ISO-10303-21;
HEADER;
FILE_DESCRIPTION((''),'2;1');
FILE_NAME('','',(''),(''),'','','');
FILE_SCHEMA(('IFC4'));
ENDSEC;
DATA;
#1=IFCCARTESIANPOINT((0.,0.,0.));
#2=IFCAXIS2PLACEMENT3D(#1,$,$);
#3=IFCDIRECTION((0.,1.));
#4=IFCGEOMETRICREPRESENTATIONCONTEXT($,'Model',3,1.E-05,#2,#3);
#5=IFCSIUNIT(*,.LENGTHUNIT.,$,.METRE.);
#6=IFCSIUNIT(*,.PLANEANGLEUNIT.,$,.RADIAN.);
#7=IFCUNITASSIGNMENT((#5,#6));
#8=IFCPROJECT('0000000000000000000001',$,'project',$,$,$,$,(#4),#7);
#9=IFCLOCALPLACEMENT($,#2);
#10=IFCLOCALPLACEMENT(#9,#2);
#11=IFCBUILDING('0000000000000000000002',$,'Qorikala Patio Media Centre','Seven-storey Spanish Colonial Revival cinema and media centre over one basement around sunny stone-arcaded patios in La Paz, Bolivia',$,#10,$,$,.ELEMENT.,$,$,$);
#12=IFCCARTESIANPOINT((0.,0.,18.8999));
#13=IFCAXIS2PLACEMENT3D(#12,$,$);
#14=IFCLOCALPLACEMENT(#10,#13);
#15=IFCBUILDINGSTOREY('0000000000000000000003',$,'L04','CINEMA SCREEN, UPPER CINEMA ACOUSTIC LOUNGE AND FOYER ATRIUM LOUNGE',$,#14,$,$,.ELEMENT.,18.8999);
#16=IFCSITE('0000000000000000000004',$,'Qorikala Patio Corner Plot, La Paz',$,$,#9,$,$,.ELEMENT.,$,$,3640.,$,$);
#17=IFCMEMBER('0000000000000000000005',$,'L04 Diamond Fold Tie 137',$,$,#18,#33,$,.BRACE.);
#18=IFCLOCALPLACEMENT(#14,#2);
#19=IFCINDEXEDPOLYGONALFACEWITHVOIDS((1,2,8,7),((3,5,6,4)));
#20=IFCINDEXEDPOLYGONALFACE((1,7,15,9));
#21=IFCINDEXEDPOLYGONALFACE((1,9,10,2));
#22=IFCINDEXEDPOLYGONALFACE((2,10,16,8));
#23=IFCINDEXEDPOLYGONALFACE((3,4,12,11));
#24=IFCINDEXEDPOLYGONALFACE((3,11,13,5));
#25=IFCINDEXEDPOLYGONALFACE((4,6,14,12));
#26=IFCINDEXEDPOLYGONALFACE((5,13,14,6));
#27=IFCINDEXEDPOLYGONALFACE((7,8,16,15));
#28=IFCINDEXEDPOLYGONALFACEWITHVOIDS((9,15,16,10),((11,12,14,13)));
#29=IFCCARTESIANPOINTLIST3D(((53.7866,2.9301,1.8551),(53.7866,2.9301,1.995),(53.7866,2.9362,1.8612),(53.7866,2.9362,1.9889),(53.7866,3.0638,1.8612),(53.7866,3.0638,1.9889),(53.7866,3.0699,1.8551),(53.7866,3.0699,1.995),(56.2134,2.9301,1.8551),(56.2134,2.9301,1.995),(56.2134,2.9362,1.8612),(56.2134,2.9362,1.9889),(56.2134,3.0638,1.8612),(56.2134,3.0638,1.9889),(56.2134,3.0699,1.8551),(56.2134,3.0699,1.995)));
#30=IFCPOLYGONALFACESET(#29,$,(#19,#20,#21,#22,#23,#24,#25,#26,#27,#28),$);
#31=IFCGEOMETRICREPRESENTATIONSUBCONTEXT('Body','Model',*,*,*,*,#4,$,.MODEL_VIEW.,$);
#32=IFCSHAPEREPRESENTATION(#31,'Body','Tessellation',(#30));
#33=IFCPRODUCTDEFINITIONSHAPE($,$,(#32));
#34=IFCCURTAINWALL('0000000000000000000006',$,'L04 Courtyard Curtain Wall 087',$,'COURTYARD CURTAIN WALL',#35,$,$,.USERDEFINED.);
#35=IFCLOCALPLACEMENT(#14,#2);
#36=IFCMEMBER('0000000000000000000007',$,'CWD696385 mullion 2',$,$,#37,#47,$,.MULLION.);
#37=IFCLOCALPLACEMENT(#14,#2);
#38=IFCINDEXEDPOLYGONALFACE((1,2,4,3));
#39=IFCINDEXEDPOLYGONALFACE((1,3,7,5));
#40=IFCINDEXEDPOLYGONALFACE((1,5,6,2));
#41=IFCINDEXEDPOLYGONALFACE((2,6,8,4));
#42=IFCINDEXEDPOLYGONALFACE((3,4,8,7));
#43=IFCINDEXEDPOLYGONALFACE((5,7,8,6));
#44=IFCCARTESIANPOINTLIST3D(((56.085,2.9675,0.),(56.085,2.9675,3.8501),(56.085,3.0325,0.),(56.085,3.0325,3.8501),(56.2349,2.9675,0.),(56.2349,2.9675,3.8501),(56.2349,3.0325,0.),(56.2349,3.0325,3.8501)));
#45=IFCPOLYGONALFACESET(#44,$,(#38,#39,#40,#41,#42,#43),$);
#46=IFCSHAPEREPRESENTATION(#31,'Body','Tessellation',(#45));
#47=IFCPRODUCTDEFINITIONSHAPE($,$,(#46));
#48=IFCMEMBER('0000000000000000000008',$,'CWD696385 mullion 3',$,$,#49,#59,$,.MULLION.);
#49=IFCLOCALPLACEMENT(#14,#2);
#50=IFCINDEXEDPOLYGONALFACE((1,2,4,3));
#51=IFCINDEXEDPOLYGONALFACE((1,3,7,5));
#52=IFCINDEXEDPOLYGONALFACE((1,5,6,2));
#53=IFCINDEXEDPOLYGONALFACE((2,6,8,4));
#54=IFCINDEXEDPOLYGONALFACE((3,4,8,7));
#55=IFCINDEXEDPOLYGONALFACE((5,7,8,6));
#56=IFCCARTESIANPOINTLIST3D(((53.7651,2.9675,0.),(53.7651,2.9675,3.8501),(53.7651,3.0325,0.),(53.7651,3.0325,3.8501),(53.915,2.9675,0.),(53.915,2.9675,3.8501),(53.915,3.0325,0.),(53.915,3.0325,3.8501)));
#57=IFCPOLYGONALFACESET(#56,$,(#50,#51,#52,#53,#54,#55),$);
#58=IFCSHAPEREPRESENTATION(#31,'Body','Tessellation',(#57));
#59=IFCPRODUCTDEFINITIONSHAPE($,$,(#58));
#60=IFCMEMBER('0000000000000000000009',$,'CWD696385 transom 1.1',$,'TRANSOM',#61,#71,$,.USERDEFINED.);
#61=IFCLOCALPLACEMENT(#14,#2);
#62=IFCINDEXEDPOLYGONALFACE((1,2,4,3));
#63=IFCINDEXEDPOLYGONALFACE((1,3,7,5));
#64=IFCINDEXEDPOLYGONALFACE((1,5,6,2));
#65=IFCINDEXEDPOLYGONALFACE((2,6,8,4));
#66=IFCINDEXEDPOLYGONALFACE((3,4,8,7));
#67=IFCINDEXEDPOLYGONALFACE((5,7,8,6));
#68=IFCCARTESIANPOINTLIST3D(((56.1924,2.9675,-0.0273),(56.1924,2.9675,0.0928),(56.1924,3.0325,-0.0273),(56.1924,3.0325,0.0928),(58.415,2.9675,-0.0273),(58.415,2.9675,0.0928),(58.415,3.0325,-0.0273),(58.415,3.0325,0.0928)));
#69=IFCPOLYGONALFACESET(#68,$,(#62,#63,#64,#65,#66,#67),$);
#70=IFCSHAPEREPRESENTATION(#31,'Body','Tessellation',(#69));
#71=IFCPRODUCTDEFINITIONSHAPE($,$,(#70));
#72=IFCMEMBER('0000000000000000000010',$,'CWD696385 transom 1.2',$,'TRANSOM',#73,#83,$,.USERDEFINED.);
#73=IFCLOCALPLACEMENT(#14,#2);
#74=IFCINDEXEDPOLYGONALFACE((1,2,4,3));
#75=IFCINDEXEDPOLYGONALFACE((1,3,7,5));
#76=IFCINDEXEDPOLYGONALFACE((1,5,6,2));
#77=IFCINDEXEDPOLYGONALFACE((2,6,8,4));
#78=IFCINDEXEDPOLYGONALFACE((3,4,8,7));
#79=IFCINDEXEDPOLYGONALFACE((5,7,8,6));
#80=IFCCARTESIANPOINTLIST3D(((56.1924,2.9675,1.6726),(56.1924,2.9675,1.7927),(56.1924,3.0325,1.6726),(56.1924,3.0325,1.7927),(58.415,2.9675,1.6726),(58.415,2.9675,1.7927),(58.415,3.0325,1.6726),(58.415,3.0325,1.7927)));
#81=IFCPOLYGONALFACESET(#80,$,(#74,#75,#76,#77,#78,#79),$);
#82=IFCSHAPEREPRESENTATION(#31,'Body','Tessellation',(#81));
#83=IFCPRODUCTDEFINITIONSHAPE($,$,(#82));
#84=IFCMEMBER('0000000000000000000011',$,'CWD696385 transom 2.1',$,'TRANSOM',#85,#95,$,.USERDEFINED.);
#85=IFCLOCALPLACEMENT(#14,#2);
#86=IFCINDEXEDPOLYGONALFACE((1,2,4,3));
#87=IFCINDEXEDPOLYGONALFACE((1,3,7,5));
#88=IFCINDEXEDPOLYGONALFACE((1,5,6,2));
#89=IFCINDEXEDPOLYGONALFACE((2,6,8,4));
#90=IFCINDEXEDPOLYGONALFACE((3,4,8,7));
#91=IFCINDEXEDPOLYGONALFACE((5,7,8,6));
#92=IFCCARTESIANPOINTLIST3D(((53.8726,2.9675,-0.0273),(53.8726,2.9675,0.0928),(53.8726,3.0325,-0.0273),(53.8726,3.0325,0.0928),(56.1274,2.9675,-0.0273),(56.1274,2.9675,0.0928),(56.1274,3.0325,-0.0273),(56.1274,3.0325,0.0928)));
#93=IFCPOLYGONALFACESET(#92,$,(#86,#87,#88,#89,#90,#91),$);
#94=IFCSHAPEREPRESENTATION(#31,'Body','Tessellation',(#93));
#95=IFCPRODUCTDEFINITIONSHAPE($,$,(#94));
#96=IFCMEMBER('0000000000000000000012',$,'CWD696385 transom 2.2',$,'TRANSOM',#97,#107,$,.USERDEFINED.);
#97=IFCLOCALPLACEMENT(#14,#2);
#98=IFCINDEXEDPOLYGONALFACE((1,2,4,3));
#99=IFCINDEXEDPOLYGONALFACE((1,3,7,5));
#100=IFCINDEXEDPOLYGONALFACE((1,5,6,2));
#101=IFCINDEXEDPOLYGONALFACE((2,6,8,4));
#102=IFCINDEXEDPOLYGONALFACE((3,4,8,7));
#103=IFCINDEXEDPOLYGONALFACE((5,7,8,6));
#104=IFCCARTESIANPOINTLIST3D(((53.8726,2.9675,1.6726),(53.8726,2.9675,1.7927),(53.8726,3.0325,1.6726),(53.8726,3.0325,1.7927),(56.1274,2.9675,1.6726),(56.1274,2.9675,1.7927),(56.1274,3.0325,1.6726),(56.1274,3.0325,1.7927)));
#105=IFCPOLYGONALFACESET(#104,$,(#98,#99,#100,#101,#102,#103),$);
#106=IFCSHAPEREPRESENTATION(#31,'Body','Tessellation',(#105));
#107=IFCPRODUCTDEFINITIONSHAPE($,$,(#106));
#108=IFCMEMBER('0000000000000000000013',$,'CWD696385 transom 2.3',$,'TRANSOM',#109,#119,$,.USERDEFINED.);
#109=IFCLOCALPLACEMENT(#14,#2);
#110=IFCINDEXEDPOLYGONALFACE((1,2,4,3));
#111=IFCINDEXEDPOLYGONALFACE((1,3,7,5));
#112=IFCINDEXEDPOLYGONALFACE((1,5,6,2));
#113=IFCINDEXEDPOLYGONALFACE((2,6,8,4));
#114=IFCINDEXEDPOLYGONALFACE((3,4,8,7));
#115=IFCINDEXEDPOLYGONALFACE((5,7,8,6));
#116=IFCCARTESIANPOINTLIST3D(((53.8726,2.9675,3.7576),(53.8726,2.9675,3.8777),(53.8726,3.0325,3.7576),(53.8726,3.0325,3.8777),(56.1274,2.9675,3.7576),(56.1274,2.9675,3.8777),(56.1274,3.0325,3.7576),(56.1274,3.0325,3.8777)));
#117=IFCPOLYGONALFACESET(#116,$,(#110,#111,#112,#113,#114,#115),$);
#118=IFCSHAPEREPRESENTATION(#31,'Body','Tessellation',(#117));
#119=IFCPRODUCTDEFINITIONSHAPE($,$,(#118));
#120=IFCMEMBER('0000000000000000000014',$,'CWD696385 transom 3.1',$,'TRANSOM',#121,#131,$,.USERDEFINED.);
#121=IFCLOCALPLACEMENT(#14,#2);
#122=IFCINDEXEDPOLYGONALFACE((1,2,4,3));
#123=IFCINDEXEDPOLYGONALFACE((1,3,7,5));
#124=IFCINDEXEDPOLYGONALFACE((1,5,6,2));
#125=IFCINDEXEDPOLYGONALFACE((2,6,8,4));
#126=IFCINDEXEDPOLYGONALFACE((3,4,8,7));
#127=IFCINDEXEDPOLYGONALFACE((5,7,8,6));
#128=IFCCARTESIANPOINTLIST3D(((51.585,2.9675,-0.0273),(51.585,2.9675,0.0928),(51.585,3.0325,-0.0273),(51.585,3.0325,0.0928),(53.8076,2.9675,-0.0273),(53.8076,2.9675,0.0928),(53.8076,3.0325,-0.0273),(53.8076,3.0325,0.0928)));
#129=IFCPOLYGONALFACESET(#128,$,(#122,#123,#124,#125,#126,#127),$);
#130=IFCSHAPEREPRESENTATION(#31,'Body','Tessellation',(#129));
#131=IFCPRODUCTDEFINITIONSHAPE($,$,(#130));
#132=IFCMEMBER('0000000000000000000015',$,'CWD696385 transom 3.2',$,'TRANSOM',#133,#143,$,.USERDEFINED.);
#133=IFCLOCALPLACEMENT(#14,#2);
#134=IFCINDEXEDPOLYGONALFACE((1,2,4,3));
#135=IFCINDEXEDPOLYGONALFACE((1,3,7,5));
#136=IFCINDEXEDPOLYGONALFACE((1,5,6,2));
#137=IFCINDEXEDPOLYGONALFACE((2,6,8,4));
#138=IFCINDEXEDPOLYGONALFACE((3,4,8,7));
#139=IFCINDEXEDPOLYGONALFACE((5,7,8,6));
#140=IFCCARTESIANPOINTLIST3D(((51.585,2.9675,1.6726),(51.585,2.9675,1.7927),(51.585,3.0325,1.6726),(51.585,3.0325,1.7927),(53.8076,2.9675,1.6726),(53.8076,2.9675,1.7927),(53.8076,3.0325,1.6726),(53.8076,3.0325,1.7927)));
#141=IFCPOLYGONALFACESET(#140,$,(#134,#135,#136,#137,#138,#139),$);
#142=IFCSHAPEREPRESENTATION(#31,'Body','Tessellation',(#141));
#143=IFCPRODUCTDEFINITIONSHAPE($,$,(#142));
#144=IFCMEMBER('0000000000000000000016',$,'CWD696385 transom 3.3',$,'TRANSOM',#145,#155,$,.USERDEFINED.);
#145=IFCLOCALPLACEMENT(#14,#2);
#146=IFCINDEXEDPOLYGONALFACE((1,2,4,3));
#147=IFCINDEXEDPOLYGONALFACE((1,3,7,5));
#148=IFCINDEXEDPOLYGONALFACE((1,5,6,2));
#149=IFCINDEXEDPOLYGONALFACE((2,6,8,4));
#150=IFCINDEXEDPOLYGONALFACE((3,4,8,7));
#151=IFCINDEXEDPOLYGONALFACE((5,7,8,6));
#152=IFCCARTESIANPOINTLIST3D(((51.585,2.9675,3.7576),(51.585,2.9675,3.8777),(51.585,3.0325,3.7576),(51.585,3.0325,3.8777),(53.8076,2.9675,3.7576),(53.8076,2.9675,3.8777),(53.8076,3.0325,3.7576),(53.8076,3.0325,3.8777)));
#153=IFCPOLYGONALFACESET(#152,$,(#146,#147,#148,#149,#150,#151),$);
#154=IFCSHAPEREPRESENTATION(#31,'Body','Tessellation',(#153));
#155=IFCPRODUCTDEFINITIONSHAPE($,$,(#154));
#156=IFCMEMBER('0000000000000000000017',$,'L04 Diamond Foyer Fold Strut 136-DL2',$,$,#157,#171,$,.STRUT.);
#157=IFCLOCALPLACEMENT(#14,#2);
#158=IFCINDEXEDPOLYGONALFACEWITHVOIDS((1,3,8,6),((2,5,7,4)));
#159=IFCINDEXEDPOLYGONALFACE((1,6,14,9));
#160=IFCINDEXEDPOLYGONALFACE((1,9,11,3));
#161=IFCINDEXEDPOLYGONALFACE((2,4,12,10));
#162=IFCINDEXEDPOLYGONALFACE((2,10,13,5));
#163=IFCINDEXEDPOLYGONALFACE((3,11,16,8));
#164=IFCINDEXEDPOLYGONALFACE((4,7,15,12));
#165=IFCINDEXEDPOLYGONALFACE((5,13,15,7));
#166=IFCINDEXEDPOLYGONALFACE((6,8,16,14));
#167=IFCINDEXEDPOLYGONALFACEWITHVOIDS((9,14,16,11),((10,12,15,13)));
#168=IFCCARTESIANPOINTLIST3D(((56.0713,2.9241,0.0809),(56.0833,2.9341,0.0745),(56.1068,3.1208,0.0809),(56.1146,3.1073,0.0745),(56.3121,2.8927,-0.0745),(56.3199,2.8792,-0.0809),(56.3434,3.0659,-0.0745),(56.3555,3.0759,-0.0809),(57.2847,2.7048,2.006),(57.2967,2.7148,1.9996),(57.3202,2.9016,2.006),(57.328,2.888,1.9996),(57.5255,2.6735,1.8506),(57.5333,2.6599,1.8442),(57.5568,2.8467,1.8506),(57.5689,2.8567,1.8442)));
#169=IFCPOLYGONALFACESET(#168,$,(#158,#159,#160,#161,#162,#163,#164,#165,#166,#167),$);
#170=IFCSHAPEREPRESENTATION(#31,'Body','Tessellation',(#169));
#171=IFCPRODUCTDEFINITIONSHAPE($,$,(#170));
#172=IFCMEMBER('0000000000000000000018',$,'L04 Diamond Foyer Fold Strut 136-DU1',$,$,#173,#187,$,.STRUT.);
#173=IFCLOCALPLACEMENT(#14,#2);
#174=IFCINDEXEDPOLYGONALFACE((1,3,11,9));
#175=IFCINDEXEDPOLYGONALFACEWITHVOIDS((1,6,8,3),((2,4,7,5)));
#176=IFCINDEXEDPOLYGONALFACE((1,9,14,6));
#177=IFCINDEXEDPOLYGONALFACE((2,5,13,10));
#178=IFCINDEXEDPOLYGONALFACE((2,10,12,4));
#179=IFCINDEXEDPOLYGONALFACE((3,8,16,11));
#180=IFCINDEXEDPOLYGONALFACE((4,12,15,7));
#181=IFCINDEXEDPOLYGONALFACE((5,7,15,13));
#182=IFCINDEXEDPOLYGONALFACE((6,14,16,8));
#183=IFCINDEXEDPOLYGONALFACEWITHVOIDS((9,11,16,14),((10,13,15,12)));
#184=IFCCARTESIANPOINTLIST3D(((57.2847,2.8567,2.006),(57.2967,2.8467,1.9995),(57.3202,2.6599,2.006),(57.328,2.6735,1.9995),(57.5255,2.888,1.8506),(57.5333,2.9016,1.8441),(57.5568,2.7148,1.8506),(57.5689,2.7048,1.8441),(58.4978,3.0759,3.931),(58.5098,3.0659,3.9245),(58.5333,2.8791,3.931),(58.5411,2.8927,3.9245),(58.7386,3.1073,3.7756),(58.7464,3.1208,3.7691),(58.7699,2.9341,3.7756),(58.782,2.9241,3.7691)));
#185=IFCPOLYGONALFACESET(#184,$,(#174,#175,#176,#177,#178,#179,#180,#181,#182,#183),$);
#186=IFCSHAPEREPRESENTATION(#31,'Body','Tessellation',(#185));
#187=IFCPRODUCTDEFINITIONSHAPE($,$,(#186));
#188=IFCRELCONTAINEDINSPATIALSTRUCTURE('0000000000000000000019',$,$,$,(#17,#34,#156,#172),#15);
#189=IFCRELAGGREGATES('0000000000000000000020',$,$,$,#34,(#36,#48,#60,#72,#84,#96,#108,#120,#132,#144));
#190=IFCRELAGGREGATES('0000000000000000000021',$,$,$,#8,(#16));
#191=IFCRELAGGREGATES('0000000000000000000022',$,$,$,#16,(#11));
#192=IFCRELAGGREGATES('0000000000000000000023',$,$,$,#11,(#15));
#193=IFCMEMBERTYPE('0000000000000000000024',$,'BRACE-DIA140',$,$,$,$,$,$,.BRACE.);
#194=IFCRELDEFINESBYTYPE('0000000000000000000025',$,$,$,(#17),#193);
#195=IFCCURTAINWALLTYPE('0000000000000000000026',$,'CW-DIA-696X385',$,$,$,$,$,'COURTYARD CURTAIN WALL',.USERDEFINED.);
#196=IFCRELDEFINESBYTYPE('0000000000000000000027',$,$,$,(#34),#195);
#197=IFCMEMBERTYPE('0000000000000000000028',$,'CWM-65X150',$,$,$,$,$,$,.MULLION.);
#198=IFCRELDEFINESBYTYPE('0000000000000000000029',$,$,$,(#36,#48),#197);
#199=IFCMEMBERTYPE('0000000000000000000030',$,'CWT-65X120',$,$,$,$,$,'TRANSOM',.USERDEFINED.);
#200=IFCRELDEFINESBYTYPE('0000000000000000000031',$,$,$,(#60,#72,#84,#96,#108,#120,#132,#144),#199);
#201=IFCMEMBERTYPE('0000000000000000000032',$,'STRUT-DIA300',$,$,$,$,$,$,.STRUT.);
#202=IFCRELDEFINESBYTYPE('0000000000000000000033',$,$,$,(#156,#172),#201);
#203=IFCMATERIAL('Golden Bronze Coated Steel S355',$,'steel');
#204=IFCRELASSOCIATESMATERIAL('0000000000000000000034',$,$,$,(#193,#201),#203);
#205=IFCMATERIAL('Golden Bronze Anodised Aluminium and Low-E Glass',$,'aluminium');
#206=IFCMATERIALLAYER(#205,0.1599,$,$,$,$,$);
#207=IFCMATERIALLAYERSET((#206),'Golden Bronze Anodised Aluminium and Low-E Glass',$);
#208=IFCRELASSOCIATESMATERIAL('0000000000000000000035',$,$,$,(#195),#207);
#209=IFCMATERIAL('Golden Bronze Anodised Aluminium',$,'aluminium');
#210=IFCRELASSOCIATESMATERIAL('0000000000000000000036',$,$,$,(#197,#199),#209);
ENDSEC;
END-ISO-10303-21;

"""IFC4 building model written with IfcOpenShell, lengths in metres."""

from ifc_helpers import new_model, si_unit, direction, frame, origin, origin_2d, place, context, subcontext, project, spatial, rectangle, hollow_rectangle, extrude, material, layer, layer_set, material_profile, profile_set, type_object, element, aggregate, save


model = new_model("IFC4")

# Units and contexts
model_context = context("Model", 3, precision=1e-05, world=origin(), true_north=direction((0.0, 1.0)))
body_context = subcontext(model_context, "Body", "Model", "MODEL_VIEW")
ifc_project = project(units=[si_unit("LENGTHUNIT", "METRE"), si_unit("PLANEANGLEUNIT", "RADIAN")], contexts=[model_context])

# Site, building, storey
site_placement = place(None, origin())
site = spatial("IfcSite", under=ifc_project, at=site_placement, Name="Qorikala Patio Corner Plot, La Paz", CompositionType="ELEMENT", RefElevation=3640.0)
building_placement = place(site_placement, origin())
building = spatial("IfcBuilding", under=site, at=building_placement, Name="Qorikala Patio Media Centre", Description="Seven-storey Spanish Colonial Revival cinema and media centre over one basement around sunny stone-arcaded patios in La Paz, Bolivia", CompositionType="ELEMENT")
storey_placement = place(building_placement, frame((0.0, 0.0, 18.8999)))
storey = spatial("IfcBuildingStorey", under=building, at=storey_placement, Name="L04", Description="CINEMA SCREEN, UPPER CINEMA ACOUSTIC LOUNGE AND FOYER ATRIUM LOUNGE", CompositionType="ELEMENT", Elevation=18.8999)

# Member
ifc_material_1 = material(Name="Golden Bronze Coated Steel S355", Category="steel")
ifc_material_profile_1 = material_profile(ifc_material_1, hollow_rectangle(XDim=0.1399, YDim=0.1399, WallThickness=0.0061, at=origin_2d()), Name="HSS140X140X6")
ifc_profile_set_1 = profile_set([ifc_material_profile_1], Name="Golden Bronze Coated Steel S355")
member_type_1 = type_object("IfcMemberType", Name="BRACE-DIA140", PredefinedType="BRACE", material=ifc_profile_set_1)
member_1_placement = place(storey_placement, frame((56.2134, 3.0, 1.925), z_axis=(-1.0, 0.0, 0.0), x_axis=(0.0, -1.0, 0.0)))
element("IfcMember", 1, at=member_1_placement, inside=storey, type_object=member_type_1, Name="L04 Diamond Fold Tie 137", PredefinedType="BRACE", context=body_context, shape_type="SweptSolid", body=[
    extrude(hollow_rectangle(XDim=0.1399, YDim=0.1399, WallThickness=0.0061, at=origin_2d()), origin(), (0.0, 0.0, 1.0), 2.4268),
])

# Curtain wall, members
ifc_material_2 = material(Name="Golden Bronze Anodised Aluminium and Low-E Glass", Category="aluminium")
ifc_layer_1 = layer(ifc_material_2, 0.1599)
ifc_layer_set_1 = layer_set([ifc_layer_1], Name="Golden Bronze Anodised Aluminium and Low-E Glass")
curtain_wall_type = type_object("IfcCurtainWallType", Name="CW-DIA-696X385", ElementType="COURTYARD CURTAIN WALL", PredefinedType="USERDEFINED", material=ifc_layer_set_1)
curtain_wall_placement = place(storey_placement, origin())
curtain_wall = element("IfcCurtainWall", 2, at=curtain_wall_placement, inside=storey, type_object=curtain_wall_type, Name="L04 Courtyard Curtain Wall 087", ObjectType="COURTYARD CURTAIN WALL", PredefinedType="USERDEFINED")
ifc_material_3 = material(Name="Golden Bronze Anodised Aluminium", Category="aluminium")
ifc_material_profile_2 = material_profile(ifc_material_3, rectangle(XDim=0.0649, YDim=0.1499, at=origin_2d()), Name="ALU MULLION 65x150")
ifc_profile_set_2 = profile_set([ifc_material_profile_2], Name="Golden Bronze Anodised Aluminium")
member_type_2 = type_object("IfcMemberType", Name="CWM-65X150", PredefinedType="MULLION", material=ifc_profile_set_2)
member_2_placement = place(storey_placement, frame((56.1599, 3.0, 0.0), z_axis=(0.0, 0.0, 1.0), x_axis=(0.0, -1.0, 0.0)))
member_2 = element("IfcMember", 3, at=member_2_placement, type_object=member_type_2, Name="CWD696385 mullion 2", PredefinedType="MULLION", context=body_context, shape_type="SweptSolid", body=[
    extrude(rectangle(XDim=0.0649, YDim=0.1499, at=origin_2d()), origin(), (0.0, 0.0, 1.0), 3.8501),
])
member_3_placement = place(storey_placement, frame((53.8401, 3.0, 0.0), z_axis=(0.0, 0.0, 1.0), x_axis=(0.0, -1.0, 0.0)))
member_3 = element("IfcMember", 4, at=member_3_placement, type_object=member_type_2, Name="CWD696385 mullion 3", PredefinedType="MULLION", context=body_context, shape_type="SweptSolid", body=[
    extrude(rectangle(XDim=0.0649, YDim=0.1499, at=origin_2d()), origin(), (0.0, 0.0, 1.0), 3.8501),
])
ifc_material_profile_3 = material_profile(ifc_material_3, rectangle(XDim=0.0649, YDim=0.1201, at=origin_2d()), Name="ALU TRANSOM 65x120")
ifc_profile_set_3 = profile_set([ifc_material_profile_3], Name="Golden Bronze Anodised Aluminium")
member_type_3 = type_object("IfcMemberType", Name="CWT-65X120", ElementType="TRANSOM", PredefinedType="USERDEFINED", material=ifc_profile_set_3)
member_4_placement = place(storey_placement, frame((58.415, 3.0, 0.0327), z_axis=(-1.0, 0.0, 0.0), x_axis=(0.0, -1.0, 0.0)))
member_4 = element("IfcMember", 5, at=member_4_placement, type_object=member_type_3, Name="CWD696385 transom 1.1", ObjectType="TRANSOM", PredefinedType="USERDEFINED", context=body_context, shape_type="SweptSolid", body=[
    extrude(rectangle(XDim=0.0649, YDim=0.1201, at=origin_2d()), origin(), (0.0, 0.0, 1.0), 2.2227),
])
member_5_placement = place(storey_placement, frame((58.415, 3.0, 1.7327), z_axis=(-1.0, 0.0, 0.0), x_axis=(0.0, -1.0, 0.0)))
member_5 = element("IfcMember", 6, at=member_5_placement, type_object=member_type_3, Name="CWD696385 transom 1.2", ObjectType="TRANSOM", PredefinedType="USERDEFINED", context=body_context, shape_type="SweptSolid", body=[
    extrude(rectangle(XDim=0.0649, YDim=0.1201, at=origin_2d()), origin(), (0.0, 0.0, 1.0), 2.2227),
])
member_6_placement = place(storey_placement, frame((56.1274, 3.0, 0.0327), z_axis=(-1.0, 0.0, 0.0), x_axis=(0.0, -1.0, 0.0)))
member_6 = element("IfcMember", 7, at=member_6_placement, type_object=member_type_3, Name="CWD696385 transom 2.1", ObjectType="TRANSOM", PredefinedType="USERDEFINED", context=body_context, shape_type="SweptSolid", body=[
    extrude(rectangle(XDim=0.0649, YDim=0.1201, at=origin_2d()), origin(), (0.0, 0.0, 1.0), 2.2549),
])
member_7_placement = place(storey_placement, frame((56.1274, 3.0, 1.7327), z_axis=(-1.0, 0.0, 0.0), x_axis=(0.0, -1.0, 0.0)))
member_7 = element("IfcMember", 8, at=member_7_placement, type_object=member_type_3, Name="CWD696385 transom 2.2", ObjectType="TRANSOM", PredefinedType="USERDEFINED", context=body_context, shape_type="SweptSolid", body=[
    extrude(rectangle(XDim=0.0649, YDim=0.1201, at=origin_2d()), origin(), (0.0, 0.0, 1.0), 2.2549),
])
member_8_placement = place(storey_placement, frame((56.1274, 3.0, 3.8176), z_axis=(-1.0, 0.0, 0.0), x_axis=(0.0, -1.0, 0.0)))
member_8 = element("IfcMember", 9, at=member_8_placement, type_object=member_type_3, Name="CWD696385 transom 2.3", ObjectType="TRANSOM", PredefinedType="USERDEFINED", context=body_context, shape_type="SweptSolid", body=[
    extrude(rectangle(XDim=0.0649, YDim=0.1201, at=origin_2d()), origin(), (0.0, 0.0, 1.0), 2.2549),
])
member_9_placement = place(storey_placement, frame((53.8076, 3.0, 0.0327), z_axis=(-1.0, 0.0, 0.0), x_axis=(0.0, -1.0, 0.0)))
member_9 = element("IfcMember", 10, at=member_9_placement, type_object=member_type_3, Name="CWD696385 transom 3.1", ObjectType="TRANSOM", PredefinedType="USERDEFINED", context=body_context, shape_type="SweptSolid", body=[
    extrude(rectangle(XDim=0.0649, YDim=0.1201, at=origin_2d()), origin(), (0.0, 0.0, 1.0), 2.2227),
])
member_10_placement = place(storey_placement, frame((53.8076, 3.0, 1.7327), z_axis=(-1.0, 0.0, 0.0), x_axis=(0.0, -1.0, 0.0)))
member_10 = element("IfcMember", 11, at=member_10_placement, type_object=member_type_3, Name="CWD696385 transom 3.2", ObjectType="TRANSOM", PredefinedType="USERDEFINED", context=body_context, shape_type="SweptSolid", body=[
    extrude(rectangle(XDim=0.0649, YDim=0.1201, at=origin_2d()), origin(), (0.0, 0.0, 1.0), 2.2227),
])
member_11_placement = place(storey_placement, frame((53.8076, 3.0, 3.8176), z_axis=(-1.0, 0.0, 0.0), x_axis=(0.0, -1.0, 0.0)))
member_11 = element("IfcMember", 12, at=member_11_placement, type_object=member_type_3, Name="CWD696385 transom 3.3", ObjectType="TRANSOM", PredefinedType="USERDEFINED", context=body_context, shape_type="SweptSolid", body=[
    extrude(rectangle(XDim=0.0649, YDim=0.1201, at=origin_2d()), origin(), (0.0, 0.0, 1.0), 2.2227),
])

# Members
ifc_material_profile_4 = material_profile(ifc_material_1, hollow_rectangle(XDim=0.2, YDim=0.3, WallThickness=0.012, at=origin_2d()), Name="HSS300X200X12")
ifc_profile_set_4 = profile_set([ifc_material_profile_4], Name="Golden Bronze Coated Steel S355")
member_type_4 = type_object("IfcMemberType", Name="STRUT-DIA300", PredefinedType="STRUT", material=ifc_profile_set_4)
member_12_placement = place(storey_placement, frame((56.2134, 3.0, 0.0), z_axis=(0.530768, -0.095901, 0.842074), x_axis=(0.177805, 0.984066, 0.0)))
element("IfcMember", 13, at=member_12_placement, inside=storey, type_object=member_type_4, Name="L04 Diamond Foyer Fold Strut 136-DL2", PredefinedType="STRUT", context=body_context, shape_type="SweptSolid", body=[
    extrude(hollow_rectangle(XDim=0.2, YDim=0.3, WallThickness=0.012, at=origin_2d()), origin(), (0.0, 0.0, 1.0), 2.2861),
])
member_13_placement = place(storey_placement, frame((57.4268, 2.7808, 1.925), z_axis=(0.530691, 0.095907, 0.842121), x_axis=(-0.17784, 0.984059, 0.0)))
element("IfcMember", 14, at=member_13_placement, inside=storey, type_object=member_type_4, Name="L04 Diamond Foyer Fold Strut 136-DU1", PredefinedType="STRUT", context=body_context, shape_type="SweptSolid", body=[
    extrude(hollow_rectangle(XDim=0.2, YDim=0.3, WallThickness=0.012, at=origin_2d()), origin(), (0.0, 0.0, 1.0), 2.2859),
])

aggregate(curtain_wall, [member_2, member_3, member_4, member_5, member_6, member_7, member_8, member_9, member_10, member_11])

save(model, "model.ifc")
